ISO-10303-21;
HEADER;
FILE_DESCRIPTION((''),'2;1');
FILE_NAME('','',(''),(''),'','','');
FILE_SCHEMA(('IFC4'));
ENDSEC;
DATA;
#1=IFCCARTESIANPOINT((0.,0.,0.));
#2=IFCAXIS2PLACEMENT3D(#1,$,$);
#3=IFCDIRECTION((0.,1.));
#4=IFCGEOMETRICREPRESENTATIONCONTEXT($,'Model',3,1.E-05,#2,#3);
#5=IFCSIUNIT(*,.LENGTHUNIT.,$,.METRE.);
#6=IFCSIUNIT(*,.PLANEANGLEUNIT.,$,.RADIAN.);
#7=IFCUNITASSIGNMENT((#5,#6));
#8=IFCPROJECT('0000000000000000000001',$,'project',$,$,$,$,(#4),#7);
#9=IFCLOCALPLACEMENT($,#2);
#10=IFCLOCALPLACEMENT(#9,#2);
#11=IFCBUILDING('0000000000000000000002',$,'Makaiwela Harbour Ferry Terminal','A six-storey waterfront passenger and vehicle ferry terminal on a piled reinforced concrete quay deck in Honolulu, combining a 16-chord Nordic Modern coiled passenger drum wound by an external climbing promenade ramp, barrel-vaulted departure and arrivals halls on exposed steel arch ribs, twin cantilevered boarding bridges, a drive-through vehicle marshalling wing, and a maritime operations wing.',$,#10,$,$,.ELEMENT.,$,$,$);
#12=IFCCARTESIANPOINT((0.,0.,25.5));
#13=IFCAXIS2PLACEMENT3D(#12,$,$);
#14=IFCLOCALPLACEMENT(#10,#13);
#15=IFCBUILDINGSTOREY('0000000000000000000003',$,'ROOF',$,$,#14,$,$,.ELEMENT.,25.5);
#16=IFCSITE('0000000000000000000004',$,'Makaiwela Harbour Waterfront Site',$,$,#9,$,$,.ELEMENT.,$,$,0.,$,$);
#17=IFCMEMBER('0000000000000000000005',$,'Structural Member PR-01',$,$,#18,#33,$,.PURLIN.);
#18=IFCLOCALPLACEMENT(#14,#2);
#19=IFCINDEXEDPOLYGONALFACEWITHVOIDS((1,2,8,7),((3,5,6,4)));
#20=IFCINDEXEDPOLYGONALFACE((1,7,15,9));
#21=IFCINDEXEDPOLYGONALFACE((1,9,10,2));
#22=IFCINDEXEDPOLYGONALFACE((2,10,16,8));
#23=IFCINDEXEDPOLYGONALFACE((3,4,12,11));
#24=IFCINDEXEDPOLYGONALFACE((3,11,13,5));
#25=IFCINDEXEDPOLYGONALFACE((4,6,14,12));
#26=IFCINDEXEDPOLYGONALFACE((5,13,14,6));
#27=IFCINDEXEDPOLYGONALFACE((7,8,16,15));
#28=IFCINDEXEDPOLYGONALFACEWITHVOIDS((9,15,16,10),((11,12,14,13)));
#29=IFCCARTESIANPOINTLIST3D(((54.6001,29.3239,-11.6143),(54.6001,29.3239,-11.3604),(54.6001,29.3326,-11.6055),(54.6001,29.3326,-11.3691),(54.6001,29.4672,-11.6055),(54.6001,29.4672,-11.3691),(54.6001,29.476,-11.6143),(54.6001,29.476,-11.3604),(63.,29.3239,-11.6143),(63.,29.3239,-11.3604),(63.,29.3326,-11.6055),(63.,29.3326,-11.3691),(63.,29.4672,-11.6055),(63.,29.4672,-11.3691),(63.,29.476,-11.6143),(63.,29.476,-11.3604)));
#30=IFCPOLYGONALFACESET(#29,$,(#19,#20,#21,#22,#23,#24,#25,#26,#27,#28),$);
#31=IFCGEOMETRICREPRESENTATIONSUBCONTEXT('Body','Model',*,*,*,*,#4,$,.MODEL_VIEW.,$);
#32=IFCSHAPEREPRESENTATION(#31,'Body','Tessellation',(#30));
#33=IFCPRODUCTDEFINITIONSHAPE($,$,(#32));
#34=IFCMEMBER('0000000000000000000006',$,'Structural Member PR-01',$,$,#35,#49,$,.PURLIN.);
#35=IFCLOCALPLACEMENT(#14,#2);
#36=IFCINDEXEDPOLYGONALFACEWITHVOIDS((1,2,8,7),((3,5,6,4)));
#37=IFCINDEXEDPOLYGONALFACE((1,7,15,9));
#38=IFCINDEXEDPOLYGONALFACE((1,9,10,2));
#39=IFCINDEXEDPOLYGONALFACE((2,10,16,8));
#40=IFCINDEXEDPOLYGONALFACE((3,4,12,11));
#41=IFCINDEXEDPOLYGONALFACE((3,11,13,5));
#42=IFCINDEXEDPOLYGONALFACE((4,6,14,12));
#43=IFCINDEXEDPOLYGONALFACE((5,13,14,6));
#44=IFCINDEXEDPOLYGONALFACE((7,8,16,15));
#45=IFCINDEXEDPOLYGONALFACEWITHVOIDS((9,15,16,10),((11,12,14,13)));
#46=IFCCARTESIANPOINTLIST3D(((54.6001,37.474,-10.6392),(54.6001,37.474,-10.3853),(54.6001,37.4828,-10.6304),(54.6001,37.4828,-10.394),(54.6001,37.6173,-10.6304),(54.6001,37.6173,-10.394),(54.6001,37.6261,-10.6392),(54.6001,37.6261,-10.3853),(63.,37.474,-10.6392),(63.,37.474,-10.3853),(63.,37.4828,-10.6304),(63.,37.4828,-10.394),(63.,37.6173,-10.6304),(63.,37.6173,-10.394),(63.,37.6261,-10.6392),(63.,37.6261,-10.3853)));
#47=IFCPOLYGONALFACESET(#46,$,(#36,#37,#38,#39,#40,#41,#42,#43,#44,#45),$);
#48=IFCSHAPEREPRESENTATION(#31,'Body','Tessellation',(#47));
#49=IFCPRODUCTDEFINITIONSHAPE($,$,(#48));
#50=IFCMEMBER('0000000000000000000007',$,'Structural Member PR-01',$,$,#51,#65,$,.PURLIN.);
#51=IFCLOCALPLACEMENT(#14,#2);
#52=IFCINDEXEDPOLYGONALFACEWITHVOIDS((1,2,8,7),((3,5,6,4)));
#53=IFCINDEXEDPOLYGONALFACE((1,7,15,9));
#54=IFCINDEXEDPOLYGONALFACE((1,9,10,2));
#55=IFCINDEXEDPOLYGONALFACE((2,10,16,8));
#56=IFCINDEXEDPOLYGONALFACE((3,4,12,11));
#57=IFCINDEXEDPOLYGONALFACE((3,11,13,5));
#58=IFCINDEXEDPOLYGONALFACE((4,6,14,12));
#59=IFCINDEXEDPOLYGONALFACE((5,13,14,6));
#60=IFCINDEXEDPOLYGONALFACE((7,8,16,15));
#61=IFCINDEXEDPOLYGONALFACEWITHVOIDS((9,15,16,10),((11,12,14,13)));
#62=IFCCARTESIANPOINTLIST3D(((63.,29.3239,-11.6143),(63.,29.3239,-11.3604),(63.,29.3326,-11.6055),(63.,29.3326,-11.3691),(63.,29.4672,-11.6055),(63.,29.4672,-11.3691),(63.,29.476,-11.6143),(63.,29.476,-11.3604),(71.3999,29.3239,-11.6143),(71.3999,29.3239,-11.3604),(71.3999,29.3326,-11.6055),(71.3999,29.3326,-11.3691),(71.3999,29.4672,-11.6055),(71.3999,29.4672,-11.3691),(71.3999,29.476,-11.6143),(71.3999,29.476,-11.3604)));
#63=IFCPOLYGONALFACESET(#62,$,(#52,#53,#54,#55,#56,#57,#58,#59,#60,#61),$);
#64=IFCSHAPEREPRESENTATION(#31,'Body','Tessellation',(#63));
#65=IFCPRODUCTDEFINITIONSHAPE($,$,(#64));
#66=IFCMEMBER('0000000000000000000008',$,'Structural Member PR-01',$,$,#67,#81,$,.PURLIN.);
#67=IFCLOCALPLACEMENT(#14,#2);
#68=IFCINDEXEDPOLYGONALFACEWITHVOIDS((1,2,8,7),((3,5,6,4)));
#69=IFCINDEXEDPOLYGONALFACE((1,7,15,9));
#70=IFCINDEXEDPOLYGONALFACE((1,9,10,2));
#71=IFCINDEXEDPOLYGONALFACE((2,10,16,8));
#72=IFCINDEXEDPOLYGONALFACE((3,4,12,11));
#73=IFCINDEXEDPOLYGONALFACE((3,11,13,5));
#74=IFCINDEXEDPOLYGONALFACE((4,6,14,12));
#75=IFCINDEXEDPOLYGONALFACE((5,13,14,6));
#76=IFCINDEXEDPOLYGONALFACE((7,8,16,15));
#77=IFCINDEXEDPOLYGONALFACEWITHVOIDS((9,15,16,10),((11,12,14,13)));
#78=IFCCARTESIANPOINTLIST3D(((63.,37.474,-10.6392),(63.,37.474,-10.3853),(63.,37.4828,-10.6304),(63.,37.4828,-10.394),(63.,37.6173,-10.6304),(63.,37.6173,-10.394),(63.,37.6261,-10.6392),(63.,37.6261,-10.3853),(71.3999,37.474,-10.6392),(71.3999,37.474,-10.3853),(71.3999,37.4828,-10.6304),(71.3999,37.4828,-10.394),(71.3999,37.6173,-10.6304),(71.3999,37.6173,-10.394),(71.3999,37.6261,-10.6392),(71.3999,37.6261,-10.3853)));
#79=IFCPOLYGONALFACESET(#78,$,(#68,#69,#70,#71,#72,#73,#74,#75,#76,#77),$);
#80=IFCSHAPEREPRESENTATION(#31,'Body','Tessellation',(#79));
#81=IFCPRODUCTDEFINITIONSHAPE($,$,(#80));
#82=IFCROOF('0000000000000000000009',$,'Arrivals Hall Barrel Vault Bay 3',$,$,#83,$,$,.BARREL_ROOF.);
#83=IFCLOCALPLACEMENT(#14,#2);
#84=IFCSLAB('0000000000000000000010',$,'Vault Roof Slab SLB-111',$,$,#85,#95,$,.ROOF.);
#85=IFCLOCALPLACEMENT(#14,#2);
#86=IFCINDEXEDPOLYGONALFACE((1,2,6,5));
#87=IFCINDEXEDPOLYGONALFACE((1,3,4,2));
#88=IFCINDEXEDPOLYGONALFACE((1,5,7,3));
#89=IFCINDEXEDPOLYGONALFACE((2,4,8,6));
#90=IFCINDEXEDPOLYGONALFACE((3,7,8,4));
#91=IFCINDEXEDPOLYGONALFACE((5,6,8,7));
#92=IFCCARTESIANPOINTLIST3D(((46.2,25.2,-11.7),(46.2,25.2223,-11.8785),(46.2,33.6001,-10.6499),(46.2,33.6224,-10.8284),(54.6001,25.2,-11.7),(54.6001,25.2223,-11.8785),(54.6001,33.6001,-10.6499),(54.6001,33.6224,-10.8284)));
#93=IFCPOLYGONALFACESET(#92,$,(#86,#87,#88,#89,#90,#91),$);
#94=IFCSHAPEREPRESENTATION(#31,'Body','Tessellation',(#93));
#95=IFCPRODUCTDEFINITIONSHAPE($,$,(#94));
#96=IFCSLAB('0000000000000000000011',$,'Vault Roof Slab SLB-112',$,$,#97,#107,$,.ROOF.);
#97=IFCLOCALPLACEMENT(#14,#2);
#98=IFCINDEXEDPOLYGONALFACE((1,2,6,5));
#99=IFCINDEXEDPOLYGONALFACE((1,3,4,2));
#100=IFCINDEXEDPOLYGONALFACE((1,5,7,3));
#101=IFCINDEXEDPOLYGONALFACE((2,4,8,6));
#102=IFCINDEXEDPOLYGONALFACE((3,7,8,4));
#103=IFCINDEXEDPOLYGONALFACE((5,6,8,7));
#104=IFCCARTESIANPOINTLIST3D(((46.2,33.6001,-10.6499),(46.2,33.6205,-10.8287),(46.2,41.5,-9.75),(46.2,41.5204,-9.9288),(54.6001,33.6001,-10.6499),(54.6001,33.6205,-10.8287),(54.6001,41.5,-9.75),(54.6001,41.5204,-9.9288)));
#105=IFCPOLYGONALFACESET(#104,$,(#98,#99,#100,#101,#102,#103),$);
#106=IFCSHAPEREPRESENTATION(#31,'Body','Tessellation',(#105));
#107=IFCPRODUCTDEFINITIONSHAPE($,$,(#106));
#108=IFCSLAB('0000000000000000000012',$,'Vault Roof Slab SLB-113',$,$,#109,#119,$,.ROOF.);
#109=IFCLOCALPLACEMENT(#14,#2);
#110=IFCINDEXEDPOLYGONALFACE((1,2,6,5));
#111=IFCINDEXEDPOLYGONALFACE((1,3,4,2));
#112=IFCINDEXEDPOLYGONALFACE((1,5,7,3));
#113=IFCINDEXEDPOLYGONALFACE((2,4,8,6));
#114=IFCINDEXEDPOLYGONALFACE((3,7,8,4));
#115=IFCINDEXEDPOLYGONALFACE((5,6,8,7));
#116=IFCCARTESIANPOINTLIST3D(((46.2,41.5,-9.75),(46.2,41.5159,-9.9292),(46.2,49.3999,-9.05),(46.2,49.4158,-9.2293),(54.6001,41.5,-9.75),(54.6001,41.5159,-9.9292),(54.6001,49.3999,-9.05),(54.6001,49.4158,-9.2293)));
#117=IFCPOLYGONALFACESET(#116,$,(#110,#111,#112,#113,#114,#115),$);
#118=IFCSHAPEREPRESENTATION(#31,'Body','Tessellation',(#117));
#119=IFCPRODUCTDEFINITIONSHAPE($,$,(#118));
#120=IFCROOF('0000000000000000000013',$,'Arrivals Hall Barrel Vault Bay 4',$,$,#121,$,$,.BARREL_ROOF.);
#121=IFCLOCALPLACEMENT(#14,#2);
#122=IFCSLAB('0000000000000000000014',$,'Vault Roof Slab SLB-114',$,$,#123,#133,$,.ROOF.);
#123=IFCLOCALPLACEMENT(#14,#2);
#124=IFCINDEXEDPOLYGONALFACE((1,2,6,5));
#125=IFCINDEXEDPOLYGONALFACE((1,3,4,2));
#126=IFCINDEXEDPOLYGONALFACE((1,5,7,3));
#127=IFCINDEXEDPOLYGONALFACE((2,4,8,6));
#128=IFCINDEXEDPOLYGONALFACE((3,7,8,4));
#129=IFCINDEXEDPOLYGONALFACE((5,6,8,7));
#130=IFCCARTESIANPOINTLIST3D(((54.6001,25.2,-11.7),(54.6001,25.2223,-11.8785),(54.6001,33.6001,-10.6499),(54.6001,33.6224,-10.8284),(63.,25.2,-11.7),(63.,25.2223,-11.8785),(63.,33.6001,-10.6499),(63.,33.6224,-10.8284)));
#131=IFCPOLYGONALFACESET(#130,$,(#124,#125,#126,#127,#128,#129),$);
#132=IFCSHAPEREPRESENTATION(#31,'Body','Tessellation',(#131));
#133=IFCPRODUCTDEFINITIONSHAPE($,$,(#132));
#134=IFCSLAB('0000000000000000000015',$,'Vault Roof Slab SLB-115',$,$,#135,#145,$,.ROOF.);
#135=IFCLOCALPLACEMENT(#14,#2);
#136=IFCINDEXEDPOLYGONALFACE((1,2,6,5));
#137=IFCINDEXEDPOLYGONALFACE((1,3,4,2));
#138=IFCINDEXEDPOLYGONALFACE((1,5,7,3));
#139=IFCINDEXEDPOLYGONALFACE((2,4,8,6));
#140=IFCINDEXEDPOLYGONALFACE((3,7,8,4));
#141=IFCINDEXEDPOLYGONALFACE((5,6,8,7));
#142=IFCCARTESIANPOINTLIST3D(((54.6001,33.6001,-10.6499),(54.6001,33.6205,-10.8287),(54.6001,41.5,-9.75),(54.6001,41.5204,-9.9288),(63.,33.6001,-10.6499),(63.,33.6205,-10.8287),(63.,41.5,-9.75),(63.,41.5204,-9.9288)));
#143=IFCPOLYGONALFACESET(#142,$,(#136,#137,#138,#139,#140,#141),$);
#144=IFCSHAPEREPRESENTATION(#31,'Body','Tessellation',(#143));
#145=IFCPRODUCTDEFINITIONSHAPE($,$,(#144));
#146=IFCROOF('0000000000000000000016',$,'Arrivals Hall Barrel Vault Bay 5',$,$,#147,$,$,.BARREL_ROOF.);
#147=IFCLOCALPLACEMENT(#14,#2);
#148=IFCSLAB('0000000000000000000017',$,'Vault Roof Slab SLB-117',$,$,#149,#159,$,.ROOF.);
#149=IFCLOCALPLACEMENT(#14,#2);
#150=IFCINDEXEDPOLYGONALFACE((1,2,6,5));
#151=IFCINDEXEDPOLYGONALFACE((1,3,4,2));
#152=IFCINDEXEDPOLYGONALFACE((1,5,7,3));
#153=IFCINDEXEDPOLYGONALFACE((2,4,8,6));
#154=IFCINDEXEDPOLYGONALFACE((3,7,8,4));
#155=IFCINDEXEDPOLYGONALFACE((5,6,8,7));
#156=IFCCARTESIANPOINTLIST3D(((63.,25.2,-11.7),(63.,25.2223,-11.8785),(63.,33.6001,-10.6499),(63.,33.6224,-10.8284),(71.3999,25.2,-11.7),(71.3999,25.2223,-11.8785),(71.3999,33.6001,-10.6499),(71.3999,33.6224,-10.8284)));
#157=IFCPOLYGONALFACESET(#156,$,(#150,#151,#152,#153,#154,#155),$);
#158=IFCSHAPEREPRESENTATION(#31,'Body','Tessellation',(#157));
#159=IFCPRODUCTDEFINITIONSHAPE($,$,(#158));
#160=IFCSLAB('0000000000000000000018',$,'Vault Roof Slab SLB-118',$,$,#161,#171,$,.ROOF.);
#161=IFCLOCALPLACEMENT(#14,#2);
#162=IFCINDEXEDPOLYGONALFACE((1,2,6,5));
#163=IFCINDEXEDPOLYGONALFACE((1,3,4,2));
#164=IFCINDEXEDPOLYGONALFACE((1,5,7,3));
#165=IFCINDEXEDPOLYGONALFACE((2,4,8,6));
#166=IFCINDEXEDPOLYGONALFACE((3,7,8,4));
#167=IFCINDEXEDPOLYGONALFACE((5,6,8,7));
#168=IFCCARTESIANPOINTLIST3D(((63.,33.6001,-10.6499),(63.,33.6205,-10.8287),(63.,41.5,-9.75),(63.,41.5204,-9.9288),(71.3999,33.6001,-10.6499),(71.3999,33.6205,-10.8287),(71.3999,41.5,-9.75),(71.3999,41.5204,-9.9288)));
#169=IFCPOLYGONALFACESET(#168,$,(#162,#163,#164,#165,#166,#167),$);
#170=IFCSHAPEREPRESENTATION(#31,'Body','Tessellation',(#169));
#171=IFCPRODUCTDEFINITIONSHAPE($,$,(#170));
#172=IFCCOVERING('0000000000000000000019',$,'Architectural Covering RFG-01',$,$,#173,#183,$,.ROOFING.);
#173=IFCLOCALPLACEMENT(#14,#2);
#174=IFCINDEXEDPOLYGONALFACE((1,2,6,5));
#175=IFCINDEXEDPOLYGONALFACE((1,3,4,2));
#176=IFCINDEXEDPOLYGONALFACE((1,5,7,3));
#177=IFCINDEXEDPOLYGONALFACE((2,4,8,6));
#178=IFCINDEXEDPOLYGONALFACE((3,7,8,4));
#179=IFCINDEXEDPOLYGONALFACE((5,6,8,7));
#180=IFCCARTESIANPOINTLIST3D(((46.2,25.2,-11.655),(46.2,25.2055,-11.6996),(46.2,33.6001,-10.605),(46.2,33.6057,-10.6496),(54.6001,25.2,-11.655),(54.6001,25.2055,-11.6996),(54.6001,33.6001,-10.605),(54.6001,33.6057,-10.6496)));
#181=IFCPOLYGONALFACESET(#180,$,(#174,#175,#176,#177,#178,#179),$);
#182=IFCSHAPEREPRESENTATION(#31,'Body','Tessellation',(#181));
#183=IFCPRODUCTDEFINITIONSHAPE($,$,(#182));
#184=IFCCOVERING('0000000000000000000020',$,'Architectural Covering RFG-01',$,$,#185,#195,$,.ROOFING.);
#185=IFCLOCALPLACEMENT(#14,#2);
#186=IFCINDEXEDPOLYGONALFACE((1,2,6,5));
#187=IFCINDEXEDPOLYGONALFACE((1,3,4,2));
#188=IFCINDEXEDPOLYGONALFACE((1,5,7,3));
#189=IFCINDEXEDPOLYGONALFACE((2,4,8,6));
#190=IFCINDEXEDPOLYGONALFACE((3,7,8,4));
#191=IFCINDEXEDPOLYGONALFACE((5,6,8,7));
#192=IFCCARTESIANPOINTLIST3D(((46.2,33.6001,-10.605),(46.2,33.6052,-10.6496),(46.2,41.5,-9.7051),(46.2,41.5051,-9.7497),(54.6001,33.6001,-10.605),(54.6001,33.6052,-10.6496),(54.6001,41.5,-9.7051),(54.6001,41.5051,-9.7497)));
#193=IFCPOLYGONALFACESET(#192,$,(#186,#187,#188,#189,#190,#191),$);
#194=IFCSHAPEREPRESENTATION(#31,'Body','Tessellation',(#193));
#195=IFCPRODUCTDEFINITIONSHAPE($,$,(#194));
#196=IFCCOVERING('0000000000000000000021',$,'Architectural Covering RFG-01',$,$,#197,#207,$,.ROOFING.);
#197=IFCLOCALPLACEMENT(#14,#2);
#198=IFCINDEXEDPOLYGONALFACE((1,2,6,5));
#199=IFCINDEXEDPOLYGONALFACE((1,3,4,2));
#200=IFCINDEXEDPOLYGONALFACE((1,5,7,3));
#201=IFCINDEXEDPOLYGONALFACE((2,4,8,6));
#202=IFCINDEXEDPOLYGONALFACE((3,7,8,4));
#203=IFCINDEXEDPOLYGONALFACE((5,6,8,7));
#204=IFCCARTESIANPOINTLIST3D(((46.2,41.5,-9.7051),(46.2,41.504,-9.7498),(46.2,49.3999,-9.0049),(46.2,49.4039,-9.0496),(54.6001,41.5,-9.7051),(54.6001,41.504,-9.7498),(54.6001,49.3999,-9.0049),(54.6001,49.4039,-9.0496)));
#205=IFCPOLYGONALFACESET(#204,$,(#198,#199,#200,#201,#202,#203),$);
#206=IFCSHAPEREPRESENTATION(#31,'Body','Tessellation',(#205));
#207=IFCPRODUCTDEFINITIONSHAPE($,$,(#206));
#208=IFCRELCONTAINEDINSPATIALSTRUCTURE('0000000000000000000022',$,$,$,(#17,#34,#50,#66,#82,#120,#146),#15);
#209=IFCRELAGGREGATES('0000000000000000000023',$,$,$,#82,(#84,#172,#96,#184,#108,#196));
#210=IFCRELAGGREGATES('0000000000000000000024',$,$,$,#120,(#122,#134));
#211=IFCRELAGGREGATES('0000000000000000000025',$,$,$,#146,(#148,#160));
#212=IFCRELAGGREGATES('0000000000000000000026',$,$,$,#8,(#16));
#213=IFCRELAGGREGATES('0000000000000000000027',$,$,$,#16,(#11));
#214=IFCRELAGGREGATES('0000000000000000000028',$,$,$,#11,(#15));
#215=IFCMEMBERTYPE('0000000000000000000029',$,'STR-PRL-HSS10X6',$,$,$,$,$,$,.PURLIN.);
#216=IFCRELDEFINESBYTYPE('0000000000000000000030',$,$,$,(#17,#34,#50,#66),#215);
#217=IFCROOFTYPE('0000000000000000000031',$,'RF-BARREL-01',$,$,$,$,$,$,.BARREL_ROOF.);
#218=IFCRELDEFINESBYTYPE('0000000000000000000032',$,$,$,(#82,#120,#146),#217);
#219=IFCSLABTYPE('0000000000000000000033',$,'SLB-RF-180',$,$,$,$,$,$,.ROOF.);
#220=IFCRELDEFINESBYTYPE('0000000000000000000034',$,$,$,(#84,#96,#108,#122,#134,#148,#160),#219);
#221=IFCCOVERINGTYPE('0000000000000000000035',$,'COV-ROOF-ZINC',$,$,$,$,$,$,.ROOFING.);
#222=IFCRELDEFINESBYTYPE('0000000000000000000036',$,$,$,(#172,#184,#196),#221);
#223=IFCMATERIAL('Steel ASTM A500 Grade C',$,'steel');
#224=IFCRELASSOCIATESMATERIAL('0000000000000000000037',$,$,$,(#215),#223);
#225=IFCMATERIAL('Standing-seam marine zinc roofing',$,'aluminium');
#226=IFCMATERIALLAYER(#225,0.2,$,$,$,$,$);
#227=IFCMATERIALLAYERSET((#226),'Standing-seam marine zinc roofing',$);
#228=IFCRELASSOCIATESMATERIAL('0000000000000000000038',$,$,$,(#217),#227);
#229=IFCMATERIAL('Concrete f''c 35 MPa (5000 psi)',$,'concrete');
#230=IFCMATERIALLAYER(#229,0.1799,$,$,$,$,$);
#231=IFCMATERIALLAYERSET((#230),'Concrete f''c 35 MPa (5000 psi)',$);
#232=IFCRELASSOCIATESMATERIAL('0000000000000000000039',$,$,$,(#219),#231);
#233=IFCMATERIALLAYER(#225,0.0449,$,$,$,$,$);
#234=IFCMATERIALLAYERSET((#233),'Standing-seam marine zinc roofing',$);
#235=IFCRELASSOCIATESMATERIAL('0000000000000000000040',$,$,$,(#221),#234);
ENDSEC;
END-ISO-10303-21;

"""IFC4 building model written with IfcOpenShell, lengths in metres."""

from ifc_helpers import new_model, si_unit, direction, frame, origin, origin_2d, place, context, subcontext, project, spatial, polyline, hollow_rectangle, outline, extrude, material, layer, layer_set, material_profile, profile_set, type_object, element, aggregate, save


model = new_model("IFC4")

# Units and contexts
model_context = context("Model", 3, precision=1e-05, world=origin(), true_north=direction((0.0, 1.0)))
body_context = subcontext(model_context, "Body", "Model", "MODEL_VIEW")
ifc_project = project(units=[si_unit("LENGTHUNIT", "METRE"), si_unit("PLANEANGLEUNIT", "RADIAN")], contexts=[model_context])

# Site, building, storey
site_placement = place(None, origin())
site = spatial("IfcSite", under=ifc_project, at=site_placement, Name="Makaiwela Harbour Waterfront Site", CompositionType="ELEMENT", RefElevation=0.0)
building_placement = place(site_placement, origin())
building = spatial("IfcBuilding", under=site, at=building_placement, Name="Makaiwela Harbour Ferry Terminal", Description="A six-storey waterfront passenger and vehicle ferry terminal on a piled reinforced concrete quay deck in Honolulu, combining a 16-chord Nordic Modern coiled passenger drum wound by an external climbing promenade ramp, barrel-vaulted departure and arrivals halls on exposed steel arch ribs, twin cantilevered boarding bridges, a drive-through vehicle marshalling wing, and a maritime operations wing.", CompositionType="ELEMENT")
storey_placement = place(building_placement, frame((0.0, 0.0, 25.5)))
storey = spatial("IfcBuildingStorey", under=building, at=storey_placement, Name="ROOF", CompositionType="ELEMENT", Elevation=25.5)

# Members
ifc_material_1 = material(Name="Steel ASTM A500 Grade C", Category="steel")
ifc_material_profile_1 = material_profile(ifc_material_1, hollow_rectangle(XDim=0.1521, YDim=0.2539, WallThickness=0.0088, at=origin_2d()), Name="HSS10X6X3/8")
ifc_profile_set_1 = profile_set([ifc_material_profile_1], Name="Steel ASTM A500 Grade C")
member_type_1 = type_object("IfcMemberType", Name="STR-PRL-HSS10X6", PredefinedType="PURLIN", material=ifc_profile_set_1)
for number, where, z_axis, x_axis, name in (
    (1, (54.6001, 29.3999, -11.4873), (1.0, 0.0, 0.0), (0.0, 1.0, 0.0), "Structural Member PR-01"),
    (2, (54.6001, 37.55, -10.5122), (1.0, 0.0, 0.0), (0.0, 1.0, 0.0), "Structural Member PR-01"),
    (3, (63.0, 29.3999, -11.4873), (1.0, 0.0, 0.0), (0.0, 1.0, 0.0), "Structural Member PR-01"),
    (4, (63.0, 37.55, -10.5122), (1.0, 0.0, 0.0), (0.0, 1.0, 0.0), "Structural Member PR-01"),
):
    element("IfcMember", number, at=place(storey_placement, frame(where, z_axis=z_axis, x_axis=x_axis)), inside=storey, type_object=member_type_1, Name=name, PredefinedType="PURLIN", context=body_context, shape_type="SweptSolid", body=[
        extrude(hollow_rectangle(XDim=0.1521, YDim=0.2539, WallThickness=0.0088, at=origin_2d()), origin(), (0.0, 0.0, 1.0), 8.3999),
    ])

# Roofs, slabs
ifc_material_2 = material(Name="Standing-seam marine zinc roofing", Category="aluminium")
ifc_layer_1 = layer(ifc_material_2, 0.2)
ifc_layer_set_1 = layer_set([ifc_layer_1], Name="Standing-seam marine zinc roofing")
roof_type = type_object("IfcRoofType", Name="RF-BARREL-01", PredefinedType="BARREL_ROOF", material=ifc_layer_set_1)
roof_1_placement = place(storey_placement, origin())
roof_1 = element("IfcRoof", 5, at=roof_1_placement, inside=storey, type_object=roof_type, Name="Arrivals Hall Barrel Vault Bay 3", PredefinedType="BARREL_ROOF")
ifc_material_3 = material(Name="Concrete f'c 35 MPa (5000 psi)", Category="concrete")
ifc_layer_2 = layer(ifc_material_3, 0.1799)
ifc_layer_set_2 = layer_set([ifc_layer_2], Name="Concrete f'c 35 MPa (5000 psi)")
slab_type = type_object("IfcSlabType", Name="SLB-RF-180", PredefinedType="ROOF", material=ifc_layer_set_2)
slab_1_placement = place(storey_placement, frame((46.2, 25.2, -11.7), z_axis=(0.0, -0.124038, 0.992277), x_axis=(1.0, 0.0, 0.0)))
slab_1 = element("IfcSlab", 6, at=slab_1_placement, type_object=slab_type, Name="Vault Roof Slab SLB-111", PredefinedType="ROOF", context=body_context, shape_type="SweptSolid", body=[
    extrude(outline(polyline([(0.0, 0.0), (8.4001, 0.0), (8.4001, 8.4655), (0.0, 8.4655), (0.0, 0.0)])), origin(), (0.0, 0.0, -1.0), 0.1799),
])
slab_2_placement = place(storey_placement, frame((46.2, 33.6001, -10.6499), z_axis=(0.0, -0.113181, 0.993574), x_axis=(1.0, 0.0, 0.0)))
slab_2 = element("IfcSlab", 7, at=slab_2_placement, type_object=slab_type, Name="Vault Roof Slab SLB-112", PredefinedType="ROOF", context=body_context, shape_type="SweptSolid", body=[
    extrude(outline(polyline([(0.0, 0.0), (8.4001, 0.0), (8.4001, 7.951), (0.0, 7.951), (0.0, 0.0)])), origin(), (0.0, 0.0, -1.0), 0.1799),
])
slab_3_placement = place(storey_placement, frame((46.2, 41.5, -9.75), z_axis=(0.0, -0.088257, 0.996098), x_axis=(1.0, 0.0, 0.0)))
slab_3 = element("IfcSlab", 8, at=slab_3_placement, type_object=slab_type, Name="Vault Roof Slab SLB-113", PredefinedType="ROOF", context=body_context, shape_type="SweptSolid", body=[
    extrude(outline(polyline([(0.0, 0.0), (8.4001, 0.0), (8.4001, 7.9309), (0.0, 7.9309), (0.0, 0.0)])), origin(), (0.0, 0.0, -1.0), 0.1799),
])
roof_2_placement = place(storey_placement, origin())
roof_2 = element("IfcRoof", 9, at=roof_2_placement, inside=storey, type_object=roof_type, Name="Arrivals Hall Barrel Vault Bay 4", PredefinedType="BARREL_ROOF")
slab_4_placement = place(storey_placement, frame((54.6001, 25.2, -11.7), z_axis=(0.0, -0.124038, 0.992277), x_axis=(1.0, 0.0, 0.0)))
slab_4 = element("IfcSlab", 10, at=slab_4_placement, type_object=slab_type, Name="Vault Roof Slab SLB-114", PredefinedType="ROOF", context=body_context, shape_type="SweptSolid", body=[
    extrude(outline(polyline([(0.0, 0.0), (8.3999, 0.0), (8.3999, 8.4655), (0.0, 8.4655), (0.0, 0.0)])), origin(), (0.0, 0.0, -1.0), 0.1799),
])
slab_5_placement = place(storey_placement, frame((54.6001, 33.6001, -10.6499), z_axis=(0.0, -0.113181, 0.993574), x_axis=(1.0, 0.0, 0.0)))
slab_5 = element("IfcSlab", 11, at=slab_5_placement, type_object=slab_type, Name="Vault Roof Slab SLB-115", PredefinedType="ROOF", context=body_context, shape_type="SweptSolid", body=[
    extrude(outline(polyline([(0.0, 0.0), (8.3999, 0.0), (8.3999, 7.951), (0.0, 7.951), (0.0, 0.0)])), origin(), (0.0, 0.0, -1.0), 0.1799),
])
roof_3_placement = place(storey_placement, origin())
roof_3 = element("IfcRoof", 12, at=roof_3_placement, inside=storey, type_object=roof_type, Name="Arrivals Hall Barrel Vault Bay 5", PredefinedType="BARREL_ROOF")
slab_6_placement = place(storey_placement, frame((63.0, 25.2, -11.7), z_axis=(0.0, -0.124038, 0.992277), x_axis=(1.0, 0.0, 0.0)))
slab_6 = element("IfcSlab", 13, at=slab_6_placement, type_object=slab_type, Name="Vault Roof Slab SLB-117", PredefinedType="ROOF", context=body_context, shape_type="SweptSolid", body=[
    extrude(outline(polyline([(0.0, 0.0), (8.3999, 0.0), (8.3999, 8.4655), (0.0, 8.4655), (0.0, 0.0)])), origin(), (0.0, 0.0, -1.0), 0.1799),
])
slab_7_placement = place(storey_placement, frame((63.0, 33.6001, -10.6499), z_axis=(0.0, -0.113181, 0.993574), x_axis=(1.0, 0.0, 0.0)))
slab_7 = element("IfcSlab", 14, at=slab_7_placement, type_object=slab_type, Name="Vault Roof Slab SLB-118", PredefinedType="ROOF", context=body_context, shape_type="SweptSolid", body=[
    extrude(outline(polyline([(0.0, 0.0), (8.3999, 0.0), (8.3999, 7.951), (0.0, 7.951), (0.0, 0.0)])), origin(), (0.0, 0.0, -1.0), 0.1799),
])

# Coverings
ifc_layer_3 = layer(ifc_material_2, 0.0449)
ifc_layer_set_3 = layer_set([ifc_layer_3], Name="Standing-seam marine zinc roofing")
covering_type = type_object("IfcCoveringType", Name="COV-ROOF-ZINC", PredefinedType="ROOFING", material=ifc_layer_set_3)
covering_1_placement = place(storey_placement, frame((46.2, 25.2, -11.655), z_axis=(0.0, -0.124038, 0.992277), x_axis=(1.0, 0.0, 0.0)))
covering_1 = element("IfcCovering", 15, at=covering_1_placement, type_object=covering_type, Name="Architectural Covering RFG-01", PredefinedType="ROOFING", context=body_context, shape_type="SweptSolid", body=[
    extrude(outline(polyline([(0.0, 0.0), (8.4001, 0.0), (8.4001, 8.4655), (0.0, 8.4655), (0.0, 0.0)])), origin(), (0.0, 0.0, -1.0), 0.0449),
])
covering_2_placement = place(storey_placement, frame((46.2, 33.6001, -10.605), z_axis=(0.0, -0.113181, 0.993574), x_axis=(1.0, 0.0, 0.0)))
covering_2 = element("IfcCovering", 16, at=covering_2_placement, type_object=covering_type, Name="Architectural Covering RFG-01", PredefinedType="ROOFING", context=body_context, shape_type="SweptSolid", body=[
    extrude(outline(polyline([(0.0, 0.0), (8.4001, 0.0), (8.4001, 7.951), (0.0, 7.951), (0.0, 0.0)])), origin(), (0.0, 0.0, -1.0), 0.0449),
])
covering_3_placement = place(storey_placement, frame((46.2, 41.5, -9.7051), z_axis=(0.0, -0.088287, 0.996095), x_axis=(1.0, 0.0, 0.0)))
covering_3 = element("IfcCovering", 17, at=covering_3_placement, type_object=covering_type, Name="Architectural Covering RFG-01", PredefinedType="ROOFING", context=body_context, shape_type="SweptSolid", body=[
    extrude(outline(polyline([(0.0, 0.0), (8.4001, 0.0), (8.4001, 7.9309), (0.0, 7.9309), (0.0, 0.0)])), origin(), (0.0, 0.0, -1.0), 0.0449),
])
aggregate(roof_1, [slab_1, covering_1, slab_2, covering_2, slab_3, covering_3])
aggregate(roof_2, [slab_4, slab_5])
aggregate(roof_3, [slab_6, slab_7])

save(model, "model.ifc")
